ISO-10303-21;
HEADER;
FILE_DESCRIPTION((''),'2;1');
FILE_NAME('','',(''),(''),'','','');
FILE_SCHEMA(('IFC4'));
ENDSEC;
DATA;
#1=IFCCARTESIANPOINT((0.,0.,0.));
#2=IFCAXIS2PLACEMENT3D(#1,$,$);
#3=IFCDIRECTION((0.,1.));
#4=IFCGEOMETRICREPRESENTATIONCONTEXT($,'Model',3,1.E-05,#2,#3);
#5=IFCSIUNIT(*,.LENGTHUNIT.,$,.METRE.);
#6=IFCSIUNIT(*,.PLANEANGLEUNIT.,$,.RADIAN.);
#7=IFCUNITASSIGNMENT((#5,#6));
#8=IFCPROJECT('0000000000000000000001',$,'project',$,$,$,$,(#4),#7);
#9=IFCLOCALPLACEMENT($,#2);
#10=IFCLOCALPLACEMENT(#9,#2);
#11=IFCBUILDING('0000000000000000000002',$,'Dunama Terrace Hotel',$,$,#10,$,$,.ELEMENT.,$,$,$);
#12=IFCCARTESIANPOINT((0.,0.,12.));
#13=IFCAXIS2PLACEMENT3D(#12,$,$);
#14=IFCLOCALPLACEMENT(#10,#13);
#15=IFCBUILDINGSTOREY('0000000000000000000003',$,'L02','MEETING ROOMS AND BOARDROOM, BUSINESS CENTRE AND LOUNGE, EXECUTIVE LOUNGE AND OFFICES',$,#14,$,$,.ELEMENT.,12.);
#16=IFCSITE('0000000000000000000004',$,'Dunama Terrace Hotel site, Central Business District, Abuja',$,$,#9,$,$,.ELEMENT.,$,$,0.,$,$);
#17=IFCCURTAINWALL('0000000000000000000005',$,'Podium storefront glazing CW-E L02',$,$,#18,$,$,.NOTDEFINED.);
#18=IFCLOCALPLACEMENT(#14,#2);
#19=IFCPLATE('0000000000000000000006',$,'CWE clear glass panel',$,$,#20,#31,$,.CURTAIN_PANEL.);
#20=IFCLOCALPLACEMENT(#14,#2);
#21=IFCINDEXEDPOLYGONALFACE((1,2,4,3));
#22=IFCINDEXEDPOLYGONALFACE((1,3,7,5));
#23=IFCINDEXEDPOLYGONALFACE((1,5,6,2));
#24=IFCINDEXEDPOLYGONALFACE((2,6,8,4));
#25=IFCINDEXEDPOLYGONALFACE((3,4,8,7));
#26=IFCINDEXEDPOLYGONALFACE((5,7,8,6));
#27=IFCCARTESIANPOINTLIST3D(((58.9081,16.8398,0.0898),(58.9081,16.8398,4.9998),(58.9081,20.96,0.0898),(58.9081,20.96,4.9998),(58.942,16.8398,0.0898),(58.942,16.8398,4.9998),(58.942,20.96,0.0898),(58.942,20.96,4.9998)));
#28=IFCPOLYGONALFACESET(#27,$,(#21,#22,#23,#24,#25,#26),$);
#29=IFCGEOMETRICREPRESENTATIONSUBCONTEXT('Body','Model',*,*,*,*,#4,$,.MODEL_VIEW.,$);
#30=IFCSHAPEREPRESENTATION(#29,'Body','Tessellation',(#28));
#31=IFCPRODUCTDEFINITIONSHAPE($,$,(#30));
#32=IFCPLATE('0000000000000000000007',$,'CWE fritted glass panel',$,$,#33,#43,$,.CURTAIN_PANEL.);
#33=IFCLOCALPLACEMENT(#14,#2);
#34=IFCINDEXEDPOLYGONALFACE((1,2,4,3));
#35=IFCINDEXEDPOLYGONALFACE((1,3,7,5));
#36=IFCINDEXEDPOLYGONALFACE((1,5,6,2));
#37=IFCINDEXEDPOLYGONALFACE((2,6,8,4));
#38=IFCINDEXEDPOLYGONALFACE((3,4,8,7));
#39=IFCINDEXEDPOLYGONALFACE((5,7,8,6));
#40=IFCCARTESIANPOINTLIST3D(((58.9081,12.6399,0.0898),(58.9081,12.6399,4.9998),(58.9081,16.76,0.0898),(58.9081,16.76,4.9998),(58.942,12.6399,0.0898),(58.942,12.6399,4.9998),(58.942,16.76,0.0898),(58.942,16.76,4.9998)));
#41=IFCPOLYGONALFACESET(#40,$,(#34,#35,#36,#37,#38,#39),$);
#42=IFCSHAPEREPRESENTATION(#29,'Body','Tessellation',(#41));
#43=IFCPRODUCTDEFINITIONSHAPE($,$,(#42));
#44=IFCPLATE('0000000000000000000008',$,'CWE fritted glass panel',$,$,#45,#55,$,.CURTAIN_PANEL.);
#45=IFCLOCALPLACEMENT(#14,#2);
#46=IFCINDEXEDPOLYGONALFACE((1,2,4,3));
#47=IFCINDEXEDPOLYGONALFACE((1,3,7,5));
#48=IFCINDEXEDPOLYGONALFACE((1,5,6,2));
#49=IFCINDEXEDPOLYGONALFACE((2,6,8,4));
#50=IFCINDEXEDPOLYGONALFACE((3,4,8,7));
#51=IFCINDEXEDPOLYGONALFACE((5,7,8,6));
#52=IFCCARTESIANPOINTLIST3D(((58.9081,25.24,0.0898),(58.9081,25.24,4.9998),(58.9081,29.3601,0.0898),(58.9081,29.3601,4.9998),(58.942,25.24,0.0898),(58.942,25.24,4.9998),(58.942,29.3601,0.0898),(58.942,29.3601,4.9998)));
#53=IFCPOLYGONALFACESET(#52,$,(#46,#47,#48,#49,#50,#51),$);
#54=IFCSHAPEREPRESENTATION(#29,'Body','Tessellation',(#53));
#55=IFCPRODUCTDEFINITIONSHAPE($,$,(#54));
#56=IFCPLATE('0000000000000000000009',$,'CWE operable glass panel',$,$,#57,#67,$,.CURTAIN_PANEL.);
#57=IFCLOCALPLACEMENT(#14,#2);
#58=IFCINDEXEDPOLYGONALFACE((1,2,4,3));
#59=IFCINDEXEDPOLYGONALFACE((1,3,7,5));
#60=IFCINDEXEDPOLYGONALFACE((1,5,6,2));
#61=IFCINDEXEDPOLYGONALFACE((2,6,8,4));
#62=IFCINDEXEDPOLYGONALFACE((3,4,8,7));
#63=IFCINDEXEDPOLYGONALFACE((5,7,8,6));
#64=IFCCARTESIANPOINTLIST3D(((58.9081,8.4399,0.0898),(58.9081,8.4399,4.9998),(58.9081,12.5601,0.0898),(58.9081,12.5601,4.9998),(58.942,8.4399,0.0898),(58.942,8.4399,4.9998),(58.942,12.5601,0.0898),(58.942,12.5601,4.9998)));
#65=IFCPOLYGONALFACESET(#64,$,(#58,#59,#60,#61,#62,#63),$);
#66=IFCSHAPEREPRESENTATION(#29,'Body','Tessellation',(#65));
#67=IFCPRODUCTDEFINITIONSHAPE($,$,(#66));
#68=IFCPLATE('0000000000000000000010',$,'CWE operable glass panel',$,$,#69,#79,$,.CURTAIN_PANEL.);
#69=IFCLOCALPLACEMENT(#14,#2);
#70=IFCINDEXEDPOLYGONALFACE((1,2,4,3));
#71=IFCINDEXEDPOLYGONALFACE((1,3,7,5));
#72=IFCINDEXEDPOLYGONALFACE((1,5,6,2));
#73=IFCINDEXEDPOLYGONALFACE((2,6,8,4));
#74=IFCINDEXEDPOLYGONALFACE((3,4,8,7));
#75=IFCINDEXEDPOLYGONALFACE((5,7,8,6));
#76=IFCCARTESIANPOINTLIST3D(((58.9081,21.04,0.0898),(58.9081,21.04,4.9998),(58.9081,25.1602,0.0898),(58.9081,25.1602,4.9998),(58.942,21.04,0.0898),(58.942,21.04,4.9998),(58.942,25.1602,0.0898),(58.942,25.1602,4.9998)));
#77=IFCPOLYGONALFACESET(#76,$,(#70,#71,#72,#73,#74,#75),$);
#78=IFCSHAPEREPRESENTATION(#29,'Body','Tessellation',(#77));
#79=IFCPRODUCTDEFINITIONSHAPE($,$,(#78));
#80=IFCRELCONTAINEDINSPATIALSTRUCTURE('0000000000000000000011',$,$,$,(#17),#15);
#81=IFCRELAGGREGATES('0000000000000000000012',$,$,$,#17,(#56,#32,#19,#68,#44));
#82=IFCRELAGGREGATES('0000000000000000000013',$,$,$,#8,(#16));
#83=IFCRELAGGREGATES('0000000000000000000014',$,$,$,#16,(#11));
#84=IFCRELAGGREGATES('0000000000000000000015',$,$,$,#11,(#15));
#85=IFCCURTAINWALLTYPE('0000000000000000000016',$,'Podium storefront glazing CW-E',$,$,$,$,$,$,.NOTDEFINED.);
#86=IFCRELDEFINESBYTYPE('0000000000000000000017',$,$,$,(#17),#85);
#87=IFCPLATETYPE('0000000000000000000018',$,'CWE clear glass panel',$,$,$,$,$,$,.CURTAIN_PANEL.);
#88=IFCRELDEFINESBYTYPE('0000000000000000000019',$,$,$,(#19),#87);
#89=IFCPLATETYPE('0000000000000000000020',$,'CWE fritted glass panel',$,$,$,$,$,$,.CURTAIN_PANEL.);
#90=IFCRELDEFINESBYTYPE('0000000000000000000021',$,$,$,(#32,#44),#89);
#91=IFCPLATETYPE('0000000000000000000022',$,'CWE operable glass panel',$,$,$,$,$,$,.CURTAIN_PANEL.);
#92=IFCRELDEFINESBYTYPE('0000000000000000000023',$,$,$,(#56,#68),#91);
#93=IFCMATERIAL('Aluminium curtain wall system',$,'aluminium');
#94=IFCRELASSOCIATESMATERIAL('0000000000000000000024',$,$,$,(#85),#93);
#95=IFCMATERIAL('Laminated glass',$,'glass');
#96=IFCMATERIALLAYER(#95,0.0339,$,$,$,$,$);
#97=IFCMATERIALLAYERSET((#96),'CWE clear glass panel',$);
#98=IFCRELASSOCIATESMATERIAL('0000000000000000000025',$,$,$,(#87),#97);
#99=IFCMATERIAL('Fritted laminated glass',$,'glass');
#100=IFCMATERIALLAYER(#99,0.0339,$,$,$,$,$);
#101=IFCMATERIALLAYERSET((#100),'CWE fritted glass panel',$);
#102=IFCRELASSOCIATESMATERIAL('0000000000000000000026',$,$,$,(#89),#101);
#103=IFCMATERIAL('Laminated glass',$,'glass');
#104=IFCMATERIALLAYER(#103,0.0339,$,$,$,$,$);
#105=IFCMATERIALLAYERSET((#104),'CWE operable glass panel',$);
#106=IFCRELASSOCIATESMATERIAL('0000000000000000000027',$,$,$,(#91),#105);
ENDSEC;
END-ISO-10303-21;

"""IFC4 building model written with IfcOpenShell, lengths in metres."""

from ifc_helpers import new_model, si_unit, direction, frame, origin, origin_2d, place, context, subcontext, project, spatial, rectangle, extrude, material, layer, layer_set, type_object, element, aggregate, save


model = new_model("IFC4")

# Units and contexts
model_context = context("Model", 3, precision=1e-05, world=origin(), true_north=direction((0.0, 1.0)))
body_context = subcontext(model_context, "Body", "Model", "MODEL_VIEW")
ifc_project = project(units=[si_unit("LENGTHUNIT", "METRE"), si_unit("PLANEANGLEUNIT", "RADIAN")], contexts=[model_context])

# Site, building, storey
site_placement = place(None, origin())
site = spatial("IfcSite", under=ifc_project, at=site_placement, Name="Dunama Terrace Hotel site, Central Business District, Abuja", CompositionType="ELEMENT", RefElevation=0.0)
building_placement = place(site_placement, origin())
building = spatial("IfcBuilding", under=site, at=building_placement, Name="Dunama Terrace Hotel", CompositionType="ELEMENT")
storey_placement = place(building_placement, frame((0.0, 0.0, 12.0)))
storey = spatial("IfcBuildingStorey", under=building, at=storey_placement, Name="L02", Description="MEETING ROOMS AND BOARDROOM, BUSINESS CENTRE AND LOUNGE, EXECUTIVE LOUNGE AND OFFICES", CompositionType="ELEMENT", Elevation=12.0)

# Curtain wall, plates
ifc_material_1 = material(Name="Aluminium curtain wall system", Category="aluminium")
curtain_wall_type = type_object("IfcCurtainWallType", Name="Podium storefront glazing CW-E", PredefinedType="NOTDEFINED", material=ifc_material_1)
curtain_wall_placement = place(storey_placement, origin())
curtain_wall = element("IfcCurtainWall", 1, at=curtain_wall_placement, inside=storey, type_object=curtain_wall_type, Name="Podium storefront glazing CW-E L02", PredefinedType="NOTDEFINED")
ifc_material_2 = material(Name="Laminated glass", Category="glass")
ifc_layer_1 = layer(ifc_material_2, 0.0339)
ifc_layer_set_1 = layer_set([ifc_layer_1], Name="CWE clear glass panel")
plate_type_1 = type_object("IfcPlateType", Name="CWE clear glass panel", PredefinedType="CURTAIN_PANEL", material=ifc_layer_set_1)
plate_1_placement = place(storey_placement, frame((58.925, 18.8999, 0.0898), z_axis=(0.0, 0.0, 1.0), x_axis=(0.0, 1.0, 0.0)))
plate_1 = element("IfcPlate", 2, at=plate_1_placement, type_object=plate_type_1, Name="CWE clear glass panel", PredefinedType="CURTAIN_PANEL", context=body_context, shape_type="SweptSolid", body=[
    extrude(rectangle(XDim=4.1201, YDim=0.0339, at=origin_2d()), origin(), (0.0, 0.0, 1.0), 4.9099),
])
ifc_material_3 = material(Name="Fritted laminated glass", Category="glass")
ifc_layer_2 = layer(ifc_material_3, 0.0339)
ifc_layer_set_2 = layer_set([ifc_layer_2], Name="CWE fritted glass panel")
plate_type_2 = type_object("IfcPlateType", Name="CWE fritted glass panel", PredefinedType="CURTAIN_PANEL", material=ifc_layer_set_2)
plate_2_placement = place(storey_placement, frame((58.925, 14.7, 0.0898), z_axis=(0.0, 0.0, 1.0), x_axis=(0.0, 1.0, 0.0)))
plate_2 = element("IfcPlate", 3, at=plate_2_placement, type_object=plate_type_2, Name="CWE fritted glass panel", PredefinedType="CURTAIN_PANEL", context=body_context, shape_type="SweptSolid", body=[
    extrude(rectangle(XDim=4.1201, YDim=0.0339, at=origin_2d()), origin(), (0.0, 0.0, 1.0), 4.9099),
])
plate_3_placement = place(storey_placement, frame((58.925, 27.3, 0.0898), z_axis=(0.0, 0.0, 1.0), x_axis=(0.0, 1.0, 0.0)))
plate_3 = element("IfcPlate", 4, at=plate_3_placement, type_object=plate_type_2, Name="CWE fritted glass panel", PredefinedType="CURTAIN_PANEL", context=body_context, shape_type="SweptSolid", body=[
    extrude(rectangle(XDim=4.1201, YDim=0.0339, at=origin_2d()), origin(), (0.0, 0.0, 1.0), 4.9099),
])
ifc_material_4 = material(Name="Laminated glass", Category="glass")
ifc_layer_3 = layer(ifc_material_4, 0.0339)
ifc_layer_set_3 = layer_set([ifc_layer_3], Name="CWE operable glass panel")
plate_type_3 = type_object("IfcPlateType", Name="CWE operable glass panel", PredefinedType="CURTAIN_PANEL", material=ifc_layer_set_3)
plate_4_placement = place(storey_placement, frame((58.925, 10.5, 0.0898), z_axis=(0.0, 0.0, 1.0), x_axis=(0.0, 1.0, 0.0)))
plate_4 = element("IfcPlate", 5, at=plate_4_placement, type_object=plate_type_3, Name="CWE operable glass panel", PredefinedType="CURTAIN_PANEL", context=body_context, shape_type="SweptSolid", body=[
    extrude(rectangle(XDim=4.1201, YDim=0.0339, at=origin_2d()), origin(), (0.0, 0.0, 1.0), 4.9099),
])
plate_5_placement = place(storey_placement, frame((58.925, 23.1001, 0.0898), z_axis=(0.0, 0.0, 1.0), x_axis=(0.0, 1.0, 0.0)))
plate_5 = element("IfcPlate", 6, at=plate_5_placement, type_object=plate_type_3, Name="CWE operable glass panel", PredefinedType="CURTAIN_PANEL", context=body_context, shape_type="SweptSolid", body=[
    extrude(rectangle(XDim=4.1201, YDim=0.0339, at=origin_2d()), origin(), (0.0, 0.0, 1.0), 4.9099),
])
aggregate(curtain_wall, [plate_4, plate_2, plate_1, plate_5, plate_3])

save(model, "model.ifc")
